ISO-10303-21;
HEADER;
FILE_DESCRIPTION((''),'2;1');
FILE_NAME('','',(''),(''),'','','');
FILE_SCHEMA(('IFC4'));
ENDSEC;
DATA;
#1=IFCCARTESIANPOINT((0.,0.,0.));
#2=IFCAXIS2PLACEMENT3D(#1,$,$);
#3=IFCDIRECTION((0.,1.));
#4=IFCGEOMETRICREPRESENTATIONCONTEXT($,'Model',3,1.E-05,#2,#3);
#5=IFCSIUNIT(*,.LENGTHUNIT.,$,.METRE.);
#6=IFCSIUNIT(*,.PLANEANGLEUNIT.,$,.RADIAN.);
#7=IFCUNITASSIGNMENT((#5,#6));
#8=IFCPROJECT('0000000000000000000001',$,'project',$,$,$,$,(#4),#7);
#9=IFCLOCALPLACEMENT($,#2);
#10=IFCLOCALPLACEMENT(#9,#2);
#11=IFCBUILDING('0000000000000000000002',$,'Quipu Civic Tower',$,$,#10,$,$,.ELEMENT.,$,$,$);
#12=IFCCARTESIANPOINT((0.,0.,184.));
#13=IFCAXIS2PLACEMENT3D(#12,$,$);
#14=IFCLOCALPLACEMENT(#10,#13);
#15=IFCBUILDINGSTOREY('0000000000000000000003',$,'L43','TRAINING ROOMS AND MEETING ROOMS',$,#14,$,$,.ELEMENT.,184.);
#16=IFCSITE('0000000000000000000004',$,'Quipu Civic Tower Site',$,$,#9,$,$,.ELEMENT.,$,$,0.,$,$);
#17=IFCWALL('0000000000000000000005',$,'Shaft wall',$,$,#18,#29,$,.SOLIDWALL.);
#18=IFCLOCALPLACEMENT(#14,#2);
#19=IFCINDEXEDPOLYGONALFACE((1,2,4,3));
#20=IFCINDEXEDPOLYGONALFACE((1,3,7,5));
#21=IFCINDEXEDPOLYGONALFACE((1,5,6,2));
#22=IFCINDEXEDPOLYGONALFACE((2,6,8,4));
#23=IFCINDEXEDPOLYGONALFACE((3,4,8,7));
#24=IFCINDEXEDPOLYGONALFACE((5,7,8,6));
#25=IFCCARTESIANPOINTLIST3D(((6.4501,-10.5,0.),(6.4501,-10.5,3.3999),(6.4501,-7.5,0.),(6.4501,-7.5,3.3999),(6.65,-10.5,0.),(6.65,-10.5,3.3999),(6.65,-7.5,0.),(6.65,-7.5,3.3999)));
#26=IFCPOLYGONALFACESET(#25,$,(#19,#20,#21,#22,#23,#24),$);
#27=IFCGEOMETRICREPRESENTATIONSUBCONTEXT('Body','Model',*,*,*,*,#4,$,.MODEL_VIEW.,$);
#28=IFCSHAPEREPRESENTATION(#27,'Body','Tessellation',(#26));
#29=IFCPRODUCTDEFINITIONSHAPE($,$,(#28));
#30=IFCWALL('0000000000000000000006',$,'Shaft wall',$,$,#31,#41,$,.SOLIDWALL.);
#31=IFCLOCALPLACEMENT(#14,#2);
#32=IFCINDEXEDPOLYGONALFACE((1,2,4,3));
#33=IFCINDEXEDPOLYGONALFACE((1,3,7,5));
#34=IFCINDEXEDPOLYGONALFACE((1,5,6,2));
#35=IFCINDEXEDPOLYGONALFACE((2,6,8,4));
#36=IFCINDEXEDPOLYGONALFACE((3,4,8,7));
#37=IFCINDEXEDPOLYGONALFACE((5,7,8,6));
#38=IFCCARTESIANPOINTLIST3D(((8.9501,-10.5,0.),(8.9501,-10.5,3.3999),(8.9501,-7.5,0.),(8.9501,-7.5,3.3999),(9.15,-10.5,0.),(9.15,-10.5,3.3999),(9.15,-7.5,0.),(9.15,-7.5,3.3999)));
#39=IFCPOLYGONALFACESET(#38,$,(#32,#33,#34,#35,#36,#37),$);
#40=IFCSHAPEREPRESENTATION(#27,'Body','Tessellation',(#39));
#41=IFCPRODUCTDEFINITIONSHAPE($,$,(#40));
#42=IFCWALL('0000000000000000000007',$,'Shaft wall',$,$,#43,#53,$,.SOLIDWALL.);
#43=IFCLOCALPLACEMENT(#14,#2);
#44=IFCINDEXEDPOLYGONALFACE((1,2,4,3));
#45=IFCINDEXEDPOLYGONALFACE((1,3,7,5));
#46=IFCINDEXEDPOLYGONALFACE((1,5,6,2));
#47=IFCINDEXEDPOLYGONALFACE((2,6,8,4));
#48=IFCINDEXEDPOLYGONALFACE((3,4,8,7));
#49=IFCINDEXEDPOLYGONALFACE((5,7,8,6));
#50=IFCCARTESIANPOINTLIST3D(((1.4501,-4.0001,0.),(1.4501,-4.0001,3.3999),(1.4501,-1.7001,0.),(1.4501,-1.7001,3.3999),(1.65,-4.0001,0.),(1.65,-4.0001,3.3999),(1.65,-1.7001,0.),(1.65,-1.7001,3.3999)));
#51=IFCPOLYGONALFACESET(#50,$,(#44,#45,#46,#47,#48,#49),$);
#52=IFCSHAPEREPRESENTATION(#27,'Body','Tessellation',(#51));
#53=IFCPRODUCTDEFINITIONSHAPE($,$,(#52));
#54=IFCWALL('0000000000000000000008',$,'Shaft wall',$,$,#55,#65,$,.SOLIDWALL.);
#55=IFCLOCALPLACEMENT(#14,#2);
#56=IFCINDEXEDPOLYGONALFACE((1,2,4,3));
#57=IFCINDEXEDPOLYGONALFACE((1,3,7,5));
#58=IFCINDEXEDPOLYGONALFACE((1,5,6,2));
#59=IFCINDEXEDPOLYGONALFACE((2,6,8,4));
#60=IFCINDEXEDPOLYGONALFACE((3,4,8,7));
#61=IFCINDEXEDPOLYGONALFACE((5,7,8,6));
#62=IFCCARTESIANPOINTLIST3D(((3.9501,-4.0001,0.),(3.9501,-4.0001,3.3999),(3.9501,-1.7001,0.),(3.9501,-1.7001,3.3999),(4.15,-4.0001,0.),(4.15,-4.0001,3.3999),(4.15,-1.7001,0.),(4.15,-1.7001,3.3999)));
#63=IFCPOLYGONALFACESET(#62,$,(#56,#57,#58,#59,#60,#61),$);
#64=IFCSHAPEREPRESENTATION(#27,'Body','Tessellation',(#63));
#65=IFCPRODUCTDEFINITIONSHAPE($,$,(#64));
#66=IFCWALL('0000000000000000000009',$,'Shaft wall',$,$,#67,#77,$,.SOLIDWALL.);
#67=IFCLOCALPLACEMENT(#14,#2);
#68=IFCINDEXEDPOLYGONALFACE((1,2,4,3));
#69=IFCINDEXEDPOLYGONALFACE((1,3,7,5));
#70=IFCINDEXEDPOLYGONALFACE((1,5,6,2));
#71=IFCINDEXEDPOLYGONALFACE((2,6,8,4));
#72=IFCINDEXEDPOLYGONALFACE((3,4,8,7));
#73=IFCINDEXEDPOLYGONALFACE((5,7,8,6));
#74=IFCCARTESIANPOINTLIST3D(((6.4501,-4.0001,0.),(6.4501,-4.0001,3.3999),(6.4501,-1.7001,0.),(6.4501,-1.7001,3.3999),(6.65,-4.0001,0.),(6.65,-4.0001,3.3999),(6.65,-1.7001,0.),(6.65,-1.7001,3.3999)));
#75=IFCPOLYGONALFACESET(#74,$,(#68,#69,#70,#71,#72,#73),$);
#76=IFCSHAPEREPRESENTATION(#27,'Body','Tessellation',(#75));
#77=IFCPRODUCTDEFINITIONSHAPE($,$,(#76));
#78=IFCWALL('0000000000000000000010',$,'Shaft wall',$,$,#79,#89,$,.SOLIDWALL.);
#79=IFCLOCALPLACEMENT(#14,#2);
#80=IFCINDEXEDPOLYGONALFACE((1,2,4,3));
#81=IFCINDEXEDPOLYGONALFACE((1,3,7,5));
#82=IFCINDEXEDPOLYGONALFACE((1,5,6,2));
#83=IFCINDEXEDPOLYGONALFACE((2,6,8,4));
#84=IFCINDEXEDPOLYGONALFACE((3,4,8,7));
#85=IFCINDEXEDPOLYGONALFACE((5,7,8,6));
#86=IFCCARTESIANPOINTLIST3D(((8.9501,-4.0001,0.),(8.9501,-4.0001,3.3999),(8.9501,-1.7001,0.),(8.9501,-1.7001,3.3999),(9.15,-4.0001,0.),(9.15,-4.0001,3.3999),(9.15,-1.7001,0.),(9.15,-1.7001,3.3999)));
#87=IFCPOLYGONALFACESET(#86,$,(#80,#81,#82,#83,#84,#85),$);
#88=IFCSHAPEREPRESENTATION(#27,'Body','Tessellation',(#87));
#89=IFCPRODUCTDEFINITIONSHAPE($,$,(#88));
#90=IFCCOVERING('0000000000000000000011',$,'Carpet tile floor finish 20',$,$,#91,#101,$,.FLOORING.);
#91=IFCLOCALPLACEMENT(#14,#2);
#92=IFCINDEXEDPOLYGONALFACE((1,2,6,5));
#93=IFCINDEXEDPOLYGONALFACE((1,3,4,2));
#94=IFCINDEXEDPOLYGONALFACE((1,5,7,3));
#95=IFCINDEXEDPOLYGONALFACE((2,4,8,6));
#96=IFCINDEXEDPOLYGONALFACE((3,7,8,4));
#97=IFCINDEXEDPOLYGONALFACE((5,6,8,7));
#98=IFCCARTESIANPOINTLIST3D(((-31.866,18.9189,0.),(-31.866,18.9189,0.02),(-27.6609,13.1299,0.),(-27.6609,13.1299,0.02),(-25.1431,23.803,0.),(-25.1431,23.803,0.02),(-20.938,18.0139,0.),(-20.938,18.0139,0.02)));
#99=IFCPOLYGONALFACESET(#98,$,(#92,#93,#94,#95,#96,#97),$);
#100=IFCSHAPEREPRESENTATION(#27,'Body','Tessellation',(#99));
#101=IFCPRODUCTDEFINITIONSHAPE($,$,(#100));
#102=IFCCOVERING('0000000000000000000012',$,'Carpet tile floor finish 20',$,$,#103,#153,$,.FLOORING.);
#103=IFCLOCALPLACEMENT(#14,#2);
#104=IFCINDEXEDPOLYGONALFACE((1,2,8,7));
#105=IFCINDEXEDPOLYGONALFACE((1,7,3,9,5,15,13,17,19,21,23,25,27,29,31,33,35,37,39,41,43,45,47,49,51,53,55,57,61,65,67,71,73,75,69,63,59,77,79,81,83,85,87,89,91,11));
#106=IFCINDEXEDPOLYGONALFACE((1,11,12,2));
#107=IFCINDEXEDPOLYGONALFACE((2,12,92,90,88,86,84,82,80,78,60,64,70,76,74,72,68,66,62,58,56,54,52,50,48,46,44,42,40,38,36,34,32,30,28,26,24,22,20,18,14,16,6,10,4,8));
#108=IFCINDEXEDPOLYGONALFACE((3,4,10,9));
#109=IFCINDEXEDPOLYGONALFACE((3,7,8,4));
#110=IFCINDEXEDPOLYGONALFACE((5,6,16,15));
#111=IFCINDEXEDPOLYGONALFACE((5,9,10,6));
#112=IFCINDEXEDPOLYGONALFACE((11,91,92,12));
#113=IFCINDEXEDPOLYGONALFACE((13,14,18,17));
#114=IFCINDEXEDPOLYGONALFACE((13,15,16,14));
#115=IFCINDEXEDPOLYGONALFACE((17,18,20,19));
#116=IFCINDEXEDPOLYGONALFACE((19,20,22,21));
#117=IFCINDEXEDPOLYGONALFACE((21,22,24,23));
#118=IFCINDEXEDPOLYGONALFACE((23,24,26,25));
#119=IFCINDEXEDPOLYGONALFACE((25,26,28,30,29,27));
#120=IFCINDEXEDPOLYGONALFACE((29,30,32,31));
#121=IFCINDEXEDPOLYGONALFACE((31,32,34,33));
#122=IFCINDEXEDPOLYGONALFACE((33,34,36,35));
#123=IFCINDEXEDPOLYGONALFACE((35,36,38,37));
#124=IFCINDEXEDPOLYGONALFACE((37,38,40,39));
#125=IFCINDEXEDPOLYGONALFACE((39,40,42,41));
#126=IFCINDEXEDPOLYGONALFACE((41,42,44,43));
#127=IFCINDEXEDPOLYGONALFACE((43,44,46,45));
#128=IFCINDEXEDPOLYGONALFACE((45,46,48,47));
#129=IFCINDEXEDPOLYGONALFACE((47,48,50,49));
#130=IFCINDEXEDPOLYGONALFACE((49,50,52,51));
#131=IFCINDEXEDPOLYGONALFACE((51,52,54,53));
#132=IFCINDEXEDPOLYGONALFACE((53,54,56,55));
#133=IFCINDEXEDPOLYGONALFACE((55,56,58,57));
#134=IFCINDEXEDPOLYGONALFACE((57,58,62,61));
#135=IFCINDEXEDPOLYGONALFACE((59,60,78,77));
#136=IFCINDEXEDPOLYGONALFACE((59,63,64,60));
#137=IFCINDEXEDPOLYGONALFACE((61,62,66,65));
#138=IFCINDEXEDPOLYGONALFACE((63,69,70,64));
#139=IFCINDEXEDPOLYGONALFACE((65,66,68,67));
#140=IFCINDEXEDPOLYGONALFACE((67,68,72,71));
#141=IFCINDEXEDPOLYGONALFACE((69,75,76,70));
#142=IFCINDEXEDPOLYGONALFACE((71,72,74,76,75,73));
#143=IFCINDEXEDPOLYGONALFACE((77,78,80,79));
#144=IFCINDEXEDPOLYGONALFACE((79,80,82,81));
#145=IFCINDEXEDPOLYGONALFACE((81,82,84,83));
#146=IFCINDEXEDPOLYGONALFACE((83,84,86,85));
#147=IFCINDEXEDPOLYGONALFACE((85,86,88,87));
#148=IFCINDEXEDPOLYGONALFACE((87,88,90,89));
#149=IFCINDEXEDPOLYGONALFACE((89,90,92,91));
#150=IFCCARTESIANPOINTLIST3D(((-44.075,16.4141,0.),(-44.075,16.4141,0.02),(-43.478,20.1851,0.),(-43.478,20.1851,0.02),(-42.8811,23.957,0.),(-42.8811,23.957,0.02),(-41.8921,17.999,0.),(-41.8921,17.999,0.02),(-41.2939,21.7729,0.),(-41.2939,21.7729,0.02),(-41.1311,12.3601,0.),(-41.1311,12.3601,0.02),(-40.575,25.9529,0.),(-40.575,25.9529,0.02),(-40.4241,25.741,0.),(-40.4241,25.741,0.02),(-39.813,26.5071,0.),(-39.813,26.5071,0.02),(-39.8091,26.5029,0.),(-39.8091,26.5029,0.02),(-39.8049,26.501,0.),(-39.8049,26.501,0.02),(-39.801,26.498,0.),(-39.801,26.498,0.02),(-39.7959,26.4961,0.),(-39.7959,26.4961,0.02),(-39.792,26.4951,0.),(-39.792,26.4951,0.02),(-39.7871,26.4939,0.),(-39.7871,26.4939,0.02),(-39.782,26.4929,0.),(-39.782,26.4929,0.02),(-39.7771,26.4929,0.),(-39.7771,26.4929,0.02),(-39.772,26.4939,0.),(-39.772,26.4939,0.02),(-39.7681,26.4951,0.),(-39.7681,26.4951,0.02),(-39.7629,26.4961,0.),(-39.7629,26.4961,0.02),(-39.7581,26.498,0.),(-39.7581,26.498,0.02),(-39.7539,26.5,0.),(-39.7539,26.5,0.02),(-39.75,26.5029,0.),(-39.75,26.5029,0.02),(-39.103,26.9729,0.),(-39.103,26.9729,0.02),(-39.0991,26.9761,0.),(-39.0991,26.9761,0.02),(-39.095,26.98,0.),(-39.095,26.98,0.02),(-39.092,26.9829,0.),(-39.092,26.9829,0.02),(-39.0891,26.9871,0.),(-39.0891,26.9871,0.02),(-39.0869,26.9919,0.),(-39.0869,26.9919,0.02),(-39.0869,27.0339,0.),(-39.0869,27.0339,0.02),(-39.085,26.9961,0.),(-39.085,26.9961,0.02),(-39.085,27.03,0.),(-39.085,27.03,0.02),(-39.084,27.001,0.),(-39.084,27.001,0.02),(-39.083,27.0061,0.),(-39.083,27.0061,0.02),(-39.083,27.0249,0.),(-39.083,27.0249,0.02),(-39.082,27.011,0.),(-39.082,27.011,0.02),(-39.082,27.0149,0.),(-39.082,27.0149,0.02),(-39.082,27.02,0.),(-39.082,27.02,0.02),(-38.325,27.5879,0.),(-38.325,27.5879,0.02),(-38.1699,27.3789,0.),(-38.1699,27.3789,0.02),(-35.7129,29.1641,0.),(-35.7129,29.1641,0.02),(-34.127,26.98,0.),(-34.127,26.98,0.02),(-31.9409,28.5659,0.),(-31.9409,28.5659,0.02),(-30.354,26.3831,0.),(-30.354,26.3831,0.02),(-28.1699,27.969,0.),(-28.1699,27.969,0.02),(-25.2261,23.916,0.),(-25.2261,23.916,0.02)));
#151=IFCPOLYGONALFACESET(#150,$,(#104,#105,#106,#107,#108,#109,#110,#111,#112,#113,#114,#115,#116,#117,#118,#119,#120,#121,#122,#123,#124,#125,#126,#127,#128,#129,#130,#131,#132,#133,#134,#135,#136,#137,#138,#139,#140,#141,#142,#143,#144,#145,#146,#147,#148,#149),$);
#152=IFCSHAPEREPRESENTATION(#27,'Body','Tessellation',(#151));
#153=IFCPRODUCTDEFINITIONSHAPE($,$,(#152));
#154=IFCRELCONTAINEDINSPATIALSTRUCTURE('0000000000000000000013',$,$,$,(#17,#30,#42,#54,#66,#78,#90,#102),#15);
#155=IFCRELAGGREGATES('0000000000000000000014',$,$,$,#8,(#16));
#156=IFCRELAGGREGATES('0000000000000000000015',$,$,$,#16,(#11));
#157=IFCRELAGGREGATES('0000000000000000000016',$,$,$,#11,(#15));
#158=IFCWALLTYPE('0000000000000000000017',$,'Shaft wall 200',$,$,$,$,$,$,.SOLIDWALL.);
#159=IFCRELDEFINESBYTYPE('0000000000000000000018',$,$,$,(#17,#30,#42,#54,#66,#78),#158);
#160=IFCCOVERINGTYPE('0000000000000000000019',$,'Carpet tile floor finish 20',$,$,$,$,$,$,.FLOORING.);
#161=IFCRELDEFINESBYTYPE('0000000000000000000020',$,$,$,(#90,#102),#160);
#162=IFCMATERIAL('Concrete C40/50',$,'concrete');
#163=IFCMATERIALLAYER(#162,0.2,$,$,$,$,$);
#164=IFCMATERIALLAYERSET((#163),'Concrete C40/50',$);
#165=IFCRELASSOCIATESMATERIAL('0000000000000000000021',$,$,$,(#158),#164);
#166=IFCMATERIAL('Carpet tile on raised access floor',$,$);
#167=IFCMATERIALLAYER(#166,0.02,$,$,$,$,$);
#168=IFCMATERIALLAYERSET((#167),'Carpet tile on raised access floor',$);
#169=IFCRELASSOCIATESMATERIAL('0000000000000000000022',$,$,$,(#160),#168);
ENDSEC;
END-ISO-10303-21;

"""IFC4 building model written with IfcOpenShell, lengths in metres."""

from ifc_helpers import new_model, si_unit, direction, frame, frame_2d, origin, place, context, subcontext, project, spatial, polyline, rectangle, outline, extrude, material, layer, layer_set, type_object, element, save


model = new_model("IFC4")

# Units and contexts
model_context = context("Model", 3, precision=1e-05, world=origin(), true_north=direction((0.0, 1.0)))
body_context = subcontext(model_context, "Body", "Model", "MODEL_VIEW")
ifc_project = project(units=[si_unit("LENGTHUNIT", "METRE"), si_unit("PLANEANGLEUNIT", "RADIAN")], contexts=[model_context])

# Site, building, storey
site_placement = place(None, origin())
site = spatial("IfcSite", under=ifc_project, at=site_placement, Name="Quipu Civic Tower Site", CompositionType="ELEMENT", RefElevation=0.0)
building_placement = place(site_placement, origin())
building = spatial("IfcBuilding", under=site, at=building_placement, Name="Quipu Civic Tower", CompositionType="ELEMENT")
storey_placement = place(building_placement, frame((0.0, 0.0, 184.0)))
storey = spatial("IfcBuildingStorey", under=building, at=storey_placement, Name="L43", Description="TRAINING ROOMS AND MEETING ROOMS", CompositionType="ELEMENT", Elevation=184.0)

# Walls
ifc_material_1 = material(Name="Concrete C40/50", Category="concrete")
ifc_layer_1 = layer(ifc_material_1, 0.2)
ifc_layer_set_1 = layer_set([ifc_layer_1], Name="Concrete C40/50")
wall_type_1 = type_object("IfcWallType", Name="Shaft wall 200", PredefinedType="SOLIDWALL", material=ifc_layer_set_1)
for number, where, z_axis, x_axis, name in (
    (1, (6.55, -10.5, 0.0), (0.0, 0.0, 1.0), (0.0, 1.0, 0.0), "Shaft wall"),
    (2, (9.05, -10.5, 0.0), (0.0, 0.0, 1.0), (0.0, 1.0, 0.0), "Shaft wall"),
):
    element("IfcWall", number, at=place(storey_placement, frame(where, z_axis=z_axis, x_axis=x_axis)), inside=storey, type_object=wall_type_1, Name=name, PredefinedType="SOLIDWALL", context=body_context, shape_type="SweptSolid", body=[
        extrude(rectangle(XDim=3.0, YDim=0.2, at=frame_2d((1.5, 0.0))), origin(), (0.0, 0.0, 1.0), 3.3999),
    ])
for number, where, z_axis, x_axis, name in (
    (3, (1.55, -4.0, 0.0), (0.0, 0.0, 1.0), (0.0, 1.0, 0.0), "Shaft wall"),
    (4, (4.05, -4.0, 0.0), (0.0, 0.0, 1.0), (0.0, 1.0, 0.0), "Shaft wall"),
    (5, (6.55, -4.0, 0.0), (0.0, 0.0, 1.0), (0.0, 1.0, 0.0), "Shaft wall"),
    (6, (9.05, -4.0, 0.0), (0.0, 0.0, 1.0), (0.0, 1.0, 0.0), "Shaft wall"),
):
    element("IfcWall", number, at=place(storey_placement, frame(where, z_axis=z_axis, x_axis=x_axis)), inside=storey, type_object=wall_type_1, Name=name, PredefinedType="SOLIDWALL", context=body_context, shape_type="SweptSolid", body=[
        extrude(rectangle(XDim=2.3, YDim=0.2, at=frame_2d((1.1499, 0.0))), origin(), (0.0, 0.0, 1.0), 3.3999),
    ])

# Coverings
ifc_material_2 = material(Name="Carpet tile on raised access floor")
ifc_layer_2 = layer(ifc_material_2, 0.02)
ifc_layer_set_2 = layer_set([ifc_layer_2], Name="Carpet tile on raised access floor")
covering_type_1 = type_object("IfcCoveringType", Name="Carpet tile floor finish 20", PredefinedType="FLOORING", material=ifc_layer_set_2)
covering_1_placement = place(storey_placement, origin())
element("IfcCovering", 7, at=covering_1_placement, inside=storey, type_object=covering_type_1, Name="Carpet tile floor finish 20", PredefinedType="FLOORING", context=body_context, shape_type="SweptSolid", body=[
    extrude(outline(polyline([(-31.866, 18.9189), (-25.1431, 23.803), (-20.938, 18.0139), (-27.6609, 13.1299), (-31.866, 18.9189)])), origin(), (0.0, 0.0, 1.0), 0.02),
])
covering_2_placement = place(storey_placement, origin())
element("IfcCovering", 8, at=covering_2_placement, inside=storey, type_object=covering_type_1, Name="Carpet tile floor finish 20", PredefinedType="FLOORING", context=body_context, shape_type="SweptSolid", body=[
    extrude(outline(polyline([(-44.075, 16.4141), (-41.8921, 17.999), (-43.478, 20.1851), (-41.2939, 21.7729), (-42.8811, 23.957), (-40.4241, 25.741), (-40.575, 25.9529), (-39.813, 26.5071), (-39.8091, 26.5029), (-39.8049, 26.501), (-39.801, 26.498), (-39.7959, 26.4961), (-39.792, 26.4951), (-39.7871, 26.4939), (-39.782, 26.4929), (-39.7771, 26.4929), (-39.772, 26.4939), (-39.7681, 26.4951), (-39.7629, 26.4961), (-39.7581, 26.498), (-39.7539, 26.5), (-39.75, 26.5029), (-39.103, 26.9729), (-39.0991, 26.9761), (-39.095, 26.98), (-39.092, 26.9829), (-39.0891, 26.9871), (-39.0869, 26.9919), (-39.085, 26.9961), (-39.084, 27.001), (-39.083, 27.0061), (-39.082, 27.011), (-39.082, 27.0149), (-39.082, 27.02), (-39.083, 27.0249), (-39.085, 27.03), (-39.0869, 27.0339), (-38.325, 27.5879), (-38.1699, 27.3789), (-35.7129, 29.1641), (-34.127, 26.98), (-31.9409, 28.5659), (-30.354, 26.3831), (-28.1699, 27.969), (-25.2261, 23.916), (-41.1311, 12.3601), (-44.075, 16.4141)])), origin(), (0.0, 0.0, 1.0), 0.02),
])

save(model, "model.ifc")
